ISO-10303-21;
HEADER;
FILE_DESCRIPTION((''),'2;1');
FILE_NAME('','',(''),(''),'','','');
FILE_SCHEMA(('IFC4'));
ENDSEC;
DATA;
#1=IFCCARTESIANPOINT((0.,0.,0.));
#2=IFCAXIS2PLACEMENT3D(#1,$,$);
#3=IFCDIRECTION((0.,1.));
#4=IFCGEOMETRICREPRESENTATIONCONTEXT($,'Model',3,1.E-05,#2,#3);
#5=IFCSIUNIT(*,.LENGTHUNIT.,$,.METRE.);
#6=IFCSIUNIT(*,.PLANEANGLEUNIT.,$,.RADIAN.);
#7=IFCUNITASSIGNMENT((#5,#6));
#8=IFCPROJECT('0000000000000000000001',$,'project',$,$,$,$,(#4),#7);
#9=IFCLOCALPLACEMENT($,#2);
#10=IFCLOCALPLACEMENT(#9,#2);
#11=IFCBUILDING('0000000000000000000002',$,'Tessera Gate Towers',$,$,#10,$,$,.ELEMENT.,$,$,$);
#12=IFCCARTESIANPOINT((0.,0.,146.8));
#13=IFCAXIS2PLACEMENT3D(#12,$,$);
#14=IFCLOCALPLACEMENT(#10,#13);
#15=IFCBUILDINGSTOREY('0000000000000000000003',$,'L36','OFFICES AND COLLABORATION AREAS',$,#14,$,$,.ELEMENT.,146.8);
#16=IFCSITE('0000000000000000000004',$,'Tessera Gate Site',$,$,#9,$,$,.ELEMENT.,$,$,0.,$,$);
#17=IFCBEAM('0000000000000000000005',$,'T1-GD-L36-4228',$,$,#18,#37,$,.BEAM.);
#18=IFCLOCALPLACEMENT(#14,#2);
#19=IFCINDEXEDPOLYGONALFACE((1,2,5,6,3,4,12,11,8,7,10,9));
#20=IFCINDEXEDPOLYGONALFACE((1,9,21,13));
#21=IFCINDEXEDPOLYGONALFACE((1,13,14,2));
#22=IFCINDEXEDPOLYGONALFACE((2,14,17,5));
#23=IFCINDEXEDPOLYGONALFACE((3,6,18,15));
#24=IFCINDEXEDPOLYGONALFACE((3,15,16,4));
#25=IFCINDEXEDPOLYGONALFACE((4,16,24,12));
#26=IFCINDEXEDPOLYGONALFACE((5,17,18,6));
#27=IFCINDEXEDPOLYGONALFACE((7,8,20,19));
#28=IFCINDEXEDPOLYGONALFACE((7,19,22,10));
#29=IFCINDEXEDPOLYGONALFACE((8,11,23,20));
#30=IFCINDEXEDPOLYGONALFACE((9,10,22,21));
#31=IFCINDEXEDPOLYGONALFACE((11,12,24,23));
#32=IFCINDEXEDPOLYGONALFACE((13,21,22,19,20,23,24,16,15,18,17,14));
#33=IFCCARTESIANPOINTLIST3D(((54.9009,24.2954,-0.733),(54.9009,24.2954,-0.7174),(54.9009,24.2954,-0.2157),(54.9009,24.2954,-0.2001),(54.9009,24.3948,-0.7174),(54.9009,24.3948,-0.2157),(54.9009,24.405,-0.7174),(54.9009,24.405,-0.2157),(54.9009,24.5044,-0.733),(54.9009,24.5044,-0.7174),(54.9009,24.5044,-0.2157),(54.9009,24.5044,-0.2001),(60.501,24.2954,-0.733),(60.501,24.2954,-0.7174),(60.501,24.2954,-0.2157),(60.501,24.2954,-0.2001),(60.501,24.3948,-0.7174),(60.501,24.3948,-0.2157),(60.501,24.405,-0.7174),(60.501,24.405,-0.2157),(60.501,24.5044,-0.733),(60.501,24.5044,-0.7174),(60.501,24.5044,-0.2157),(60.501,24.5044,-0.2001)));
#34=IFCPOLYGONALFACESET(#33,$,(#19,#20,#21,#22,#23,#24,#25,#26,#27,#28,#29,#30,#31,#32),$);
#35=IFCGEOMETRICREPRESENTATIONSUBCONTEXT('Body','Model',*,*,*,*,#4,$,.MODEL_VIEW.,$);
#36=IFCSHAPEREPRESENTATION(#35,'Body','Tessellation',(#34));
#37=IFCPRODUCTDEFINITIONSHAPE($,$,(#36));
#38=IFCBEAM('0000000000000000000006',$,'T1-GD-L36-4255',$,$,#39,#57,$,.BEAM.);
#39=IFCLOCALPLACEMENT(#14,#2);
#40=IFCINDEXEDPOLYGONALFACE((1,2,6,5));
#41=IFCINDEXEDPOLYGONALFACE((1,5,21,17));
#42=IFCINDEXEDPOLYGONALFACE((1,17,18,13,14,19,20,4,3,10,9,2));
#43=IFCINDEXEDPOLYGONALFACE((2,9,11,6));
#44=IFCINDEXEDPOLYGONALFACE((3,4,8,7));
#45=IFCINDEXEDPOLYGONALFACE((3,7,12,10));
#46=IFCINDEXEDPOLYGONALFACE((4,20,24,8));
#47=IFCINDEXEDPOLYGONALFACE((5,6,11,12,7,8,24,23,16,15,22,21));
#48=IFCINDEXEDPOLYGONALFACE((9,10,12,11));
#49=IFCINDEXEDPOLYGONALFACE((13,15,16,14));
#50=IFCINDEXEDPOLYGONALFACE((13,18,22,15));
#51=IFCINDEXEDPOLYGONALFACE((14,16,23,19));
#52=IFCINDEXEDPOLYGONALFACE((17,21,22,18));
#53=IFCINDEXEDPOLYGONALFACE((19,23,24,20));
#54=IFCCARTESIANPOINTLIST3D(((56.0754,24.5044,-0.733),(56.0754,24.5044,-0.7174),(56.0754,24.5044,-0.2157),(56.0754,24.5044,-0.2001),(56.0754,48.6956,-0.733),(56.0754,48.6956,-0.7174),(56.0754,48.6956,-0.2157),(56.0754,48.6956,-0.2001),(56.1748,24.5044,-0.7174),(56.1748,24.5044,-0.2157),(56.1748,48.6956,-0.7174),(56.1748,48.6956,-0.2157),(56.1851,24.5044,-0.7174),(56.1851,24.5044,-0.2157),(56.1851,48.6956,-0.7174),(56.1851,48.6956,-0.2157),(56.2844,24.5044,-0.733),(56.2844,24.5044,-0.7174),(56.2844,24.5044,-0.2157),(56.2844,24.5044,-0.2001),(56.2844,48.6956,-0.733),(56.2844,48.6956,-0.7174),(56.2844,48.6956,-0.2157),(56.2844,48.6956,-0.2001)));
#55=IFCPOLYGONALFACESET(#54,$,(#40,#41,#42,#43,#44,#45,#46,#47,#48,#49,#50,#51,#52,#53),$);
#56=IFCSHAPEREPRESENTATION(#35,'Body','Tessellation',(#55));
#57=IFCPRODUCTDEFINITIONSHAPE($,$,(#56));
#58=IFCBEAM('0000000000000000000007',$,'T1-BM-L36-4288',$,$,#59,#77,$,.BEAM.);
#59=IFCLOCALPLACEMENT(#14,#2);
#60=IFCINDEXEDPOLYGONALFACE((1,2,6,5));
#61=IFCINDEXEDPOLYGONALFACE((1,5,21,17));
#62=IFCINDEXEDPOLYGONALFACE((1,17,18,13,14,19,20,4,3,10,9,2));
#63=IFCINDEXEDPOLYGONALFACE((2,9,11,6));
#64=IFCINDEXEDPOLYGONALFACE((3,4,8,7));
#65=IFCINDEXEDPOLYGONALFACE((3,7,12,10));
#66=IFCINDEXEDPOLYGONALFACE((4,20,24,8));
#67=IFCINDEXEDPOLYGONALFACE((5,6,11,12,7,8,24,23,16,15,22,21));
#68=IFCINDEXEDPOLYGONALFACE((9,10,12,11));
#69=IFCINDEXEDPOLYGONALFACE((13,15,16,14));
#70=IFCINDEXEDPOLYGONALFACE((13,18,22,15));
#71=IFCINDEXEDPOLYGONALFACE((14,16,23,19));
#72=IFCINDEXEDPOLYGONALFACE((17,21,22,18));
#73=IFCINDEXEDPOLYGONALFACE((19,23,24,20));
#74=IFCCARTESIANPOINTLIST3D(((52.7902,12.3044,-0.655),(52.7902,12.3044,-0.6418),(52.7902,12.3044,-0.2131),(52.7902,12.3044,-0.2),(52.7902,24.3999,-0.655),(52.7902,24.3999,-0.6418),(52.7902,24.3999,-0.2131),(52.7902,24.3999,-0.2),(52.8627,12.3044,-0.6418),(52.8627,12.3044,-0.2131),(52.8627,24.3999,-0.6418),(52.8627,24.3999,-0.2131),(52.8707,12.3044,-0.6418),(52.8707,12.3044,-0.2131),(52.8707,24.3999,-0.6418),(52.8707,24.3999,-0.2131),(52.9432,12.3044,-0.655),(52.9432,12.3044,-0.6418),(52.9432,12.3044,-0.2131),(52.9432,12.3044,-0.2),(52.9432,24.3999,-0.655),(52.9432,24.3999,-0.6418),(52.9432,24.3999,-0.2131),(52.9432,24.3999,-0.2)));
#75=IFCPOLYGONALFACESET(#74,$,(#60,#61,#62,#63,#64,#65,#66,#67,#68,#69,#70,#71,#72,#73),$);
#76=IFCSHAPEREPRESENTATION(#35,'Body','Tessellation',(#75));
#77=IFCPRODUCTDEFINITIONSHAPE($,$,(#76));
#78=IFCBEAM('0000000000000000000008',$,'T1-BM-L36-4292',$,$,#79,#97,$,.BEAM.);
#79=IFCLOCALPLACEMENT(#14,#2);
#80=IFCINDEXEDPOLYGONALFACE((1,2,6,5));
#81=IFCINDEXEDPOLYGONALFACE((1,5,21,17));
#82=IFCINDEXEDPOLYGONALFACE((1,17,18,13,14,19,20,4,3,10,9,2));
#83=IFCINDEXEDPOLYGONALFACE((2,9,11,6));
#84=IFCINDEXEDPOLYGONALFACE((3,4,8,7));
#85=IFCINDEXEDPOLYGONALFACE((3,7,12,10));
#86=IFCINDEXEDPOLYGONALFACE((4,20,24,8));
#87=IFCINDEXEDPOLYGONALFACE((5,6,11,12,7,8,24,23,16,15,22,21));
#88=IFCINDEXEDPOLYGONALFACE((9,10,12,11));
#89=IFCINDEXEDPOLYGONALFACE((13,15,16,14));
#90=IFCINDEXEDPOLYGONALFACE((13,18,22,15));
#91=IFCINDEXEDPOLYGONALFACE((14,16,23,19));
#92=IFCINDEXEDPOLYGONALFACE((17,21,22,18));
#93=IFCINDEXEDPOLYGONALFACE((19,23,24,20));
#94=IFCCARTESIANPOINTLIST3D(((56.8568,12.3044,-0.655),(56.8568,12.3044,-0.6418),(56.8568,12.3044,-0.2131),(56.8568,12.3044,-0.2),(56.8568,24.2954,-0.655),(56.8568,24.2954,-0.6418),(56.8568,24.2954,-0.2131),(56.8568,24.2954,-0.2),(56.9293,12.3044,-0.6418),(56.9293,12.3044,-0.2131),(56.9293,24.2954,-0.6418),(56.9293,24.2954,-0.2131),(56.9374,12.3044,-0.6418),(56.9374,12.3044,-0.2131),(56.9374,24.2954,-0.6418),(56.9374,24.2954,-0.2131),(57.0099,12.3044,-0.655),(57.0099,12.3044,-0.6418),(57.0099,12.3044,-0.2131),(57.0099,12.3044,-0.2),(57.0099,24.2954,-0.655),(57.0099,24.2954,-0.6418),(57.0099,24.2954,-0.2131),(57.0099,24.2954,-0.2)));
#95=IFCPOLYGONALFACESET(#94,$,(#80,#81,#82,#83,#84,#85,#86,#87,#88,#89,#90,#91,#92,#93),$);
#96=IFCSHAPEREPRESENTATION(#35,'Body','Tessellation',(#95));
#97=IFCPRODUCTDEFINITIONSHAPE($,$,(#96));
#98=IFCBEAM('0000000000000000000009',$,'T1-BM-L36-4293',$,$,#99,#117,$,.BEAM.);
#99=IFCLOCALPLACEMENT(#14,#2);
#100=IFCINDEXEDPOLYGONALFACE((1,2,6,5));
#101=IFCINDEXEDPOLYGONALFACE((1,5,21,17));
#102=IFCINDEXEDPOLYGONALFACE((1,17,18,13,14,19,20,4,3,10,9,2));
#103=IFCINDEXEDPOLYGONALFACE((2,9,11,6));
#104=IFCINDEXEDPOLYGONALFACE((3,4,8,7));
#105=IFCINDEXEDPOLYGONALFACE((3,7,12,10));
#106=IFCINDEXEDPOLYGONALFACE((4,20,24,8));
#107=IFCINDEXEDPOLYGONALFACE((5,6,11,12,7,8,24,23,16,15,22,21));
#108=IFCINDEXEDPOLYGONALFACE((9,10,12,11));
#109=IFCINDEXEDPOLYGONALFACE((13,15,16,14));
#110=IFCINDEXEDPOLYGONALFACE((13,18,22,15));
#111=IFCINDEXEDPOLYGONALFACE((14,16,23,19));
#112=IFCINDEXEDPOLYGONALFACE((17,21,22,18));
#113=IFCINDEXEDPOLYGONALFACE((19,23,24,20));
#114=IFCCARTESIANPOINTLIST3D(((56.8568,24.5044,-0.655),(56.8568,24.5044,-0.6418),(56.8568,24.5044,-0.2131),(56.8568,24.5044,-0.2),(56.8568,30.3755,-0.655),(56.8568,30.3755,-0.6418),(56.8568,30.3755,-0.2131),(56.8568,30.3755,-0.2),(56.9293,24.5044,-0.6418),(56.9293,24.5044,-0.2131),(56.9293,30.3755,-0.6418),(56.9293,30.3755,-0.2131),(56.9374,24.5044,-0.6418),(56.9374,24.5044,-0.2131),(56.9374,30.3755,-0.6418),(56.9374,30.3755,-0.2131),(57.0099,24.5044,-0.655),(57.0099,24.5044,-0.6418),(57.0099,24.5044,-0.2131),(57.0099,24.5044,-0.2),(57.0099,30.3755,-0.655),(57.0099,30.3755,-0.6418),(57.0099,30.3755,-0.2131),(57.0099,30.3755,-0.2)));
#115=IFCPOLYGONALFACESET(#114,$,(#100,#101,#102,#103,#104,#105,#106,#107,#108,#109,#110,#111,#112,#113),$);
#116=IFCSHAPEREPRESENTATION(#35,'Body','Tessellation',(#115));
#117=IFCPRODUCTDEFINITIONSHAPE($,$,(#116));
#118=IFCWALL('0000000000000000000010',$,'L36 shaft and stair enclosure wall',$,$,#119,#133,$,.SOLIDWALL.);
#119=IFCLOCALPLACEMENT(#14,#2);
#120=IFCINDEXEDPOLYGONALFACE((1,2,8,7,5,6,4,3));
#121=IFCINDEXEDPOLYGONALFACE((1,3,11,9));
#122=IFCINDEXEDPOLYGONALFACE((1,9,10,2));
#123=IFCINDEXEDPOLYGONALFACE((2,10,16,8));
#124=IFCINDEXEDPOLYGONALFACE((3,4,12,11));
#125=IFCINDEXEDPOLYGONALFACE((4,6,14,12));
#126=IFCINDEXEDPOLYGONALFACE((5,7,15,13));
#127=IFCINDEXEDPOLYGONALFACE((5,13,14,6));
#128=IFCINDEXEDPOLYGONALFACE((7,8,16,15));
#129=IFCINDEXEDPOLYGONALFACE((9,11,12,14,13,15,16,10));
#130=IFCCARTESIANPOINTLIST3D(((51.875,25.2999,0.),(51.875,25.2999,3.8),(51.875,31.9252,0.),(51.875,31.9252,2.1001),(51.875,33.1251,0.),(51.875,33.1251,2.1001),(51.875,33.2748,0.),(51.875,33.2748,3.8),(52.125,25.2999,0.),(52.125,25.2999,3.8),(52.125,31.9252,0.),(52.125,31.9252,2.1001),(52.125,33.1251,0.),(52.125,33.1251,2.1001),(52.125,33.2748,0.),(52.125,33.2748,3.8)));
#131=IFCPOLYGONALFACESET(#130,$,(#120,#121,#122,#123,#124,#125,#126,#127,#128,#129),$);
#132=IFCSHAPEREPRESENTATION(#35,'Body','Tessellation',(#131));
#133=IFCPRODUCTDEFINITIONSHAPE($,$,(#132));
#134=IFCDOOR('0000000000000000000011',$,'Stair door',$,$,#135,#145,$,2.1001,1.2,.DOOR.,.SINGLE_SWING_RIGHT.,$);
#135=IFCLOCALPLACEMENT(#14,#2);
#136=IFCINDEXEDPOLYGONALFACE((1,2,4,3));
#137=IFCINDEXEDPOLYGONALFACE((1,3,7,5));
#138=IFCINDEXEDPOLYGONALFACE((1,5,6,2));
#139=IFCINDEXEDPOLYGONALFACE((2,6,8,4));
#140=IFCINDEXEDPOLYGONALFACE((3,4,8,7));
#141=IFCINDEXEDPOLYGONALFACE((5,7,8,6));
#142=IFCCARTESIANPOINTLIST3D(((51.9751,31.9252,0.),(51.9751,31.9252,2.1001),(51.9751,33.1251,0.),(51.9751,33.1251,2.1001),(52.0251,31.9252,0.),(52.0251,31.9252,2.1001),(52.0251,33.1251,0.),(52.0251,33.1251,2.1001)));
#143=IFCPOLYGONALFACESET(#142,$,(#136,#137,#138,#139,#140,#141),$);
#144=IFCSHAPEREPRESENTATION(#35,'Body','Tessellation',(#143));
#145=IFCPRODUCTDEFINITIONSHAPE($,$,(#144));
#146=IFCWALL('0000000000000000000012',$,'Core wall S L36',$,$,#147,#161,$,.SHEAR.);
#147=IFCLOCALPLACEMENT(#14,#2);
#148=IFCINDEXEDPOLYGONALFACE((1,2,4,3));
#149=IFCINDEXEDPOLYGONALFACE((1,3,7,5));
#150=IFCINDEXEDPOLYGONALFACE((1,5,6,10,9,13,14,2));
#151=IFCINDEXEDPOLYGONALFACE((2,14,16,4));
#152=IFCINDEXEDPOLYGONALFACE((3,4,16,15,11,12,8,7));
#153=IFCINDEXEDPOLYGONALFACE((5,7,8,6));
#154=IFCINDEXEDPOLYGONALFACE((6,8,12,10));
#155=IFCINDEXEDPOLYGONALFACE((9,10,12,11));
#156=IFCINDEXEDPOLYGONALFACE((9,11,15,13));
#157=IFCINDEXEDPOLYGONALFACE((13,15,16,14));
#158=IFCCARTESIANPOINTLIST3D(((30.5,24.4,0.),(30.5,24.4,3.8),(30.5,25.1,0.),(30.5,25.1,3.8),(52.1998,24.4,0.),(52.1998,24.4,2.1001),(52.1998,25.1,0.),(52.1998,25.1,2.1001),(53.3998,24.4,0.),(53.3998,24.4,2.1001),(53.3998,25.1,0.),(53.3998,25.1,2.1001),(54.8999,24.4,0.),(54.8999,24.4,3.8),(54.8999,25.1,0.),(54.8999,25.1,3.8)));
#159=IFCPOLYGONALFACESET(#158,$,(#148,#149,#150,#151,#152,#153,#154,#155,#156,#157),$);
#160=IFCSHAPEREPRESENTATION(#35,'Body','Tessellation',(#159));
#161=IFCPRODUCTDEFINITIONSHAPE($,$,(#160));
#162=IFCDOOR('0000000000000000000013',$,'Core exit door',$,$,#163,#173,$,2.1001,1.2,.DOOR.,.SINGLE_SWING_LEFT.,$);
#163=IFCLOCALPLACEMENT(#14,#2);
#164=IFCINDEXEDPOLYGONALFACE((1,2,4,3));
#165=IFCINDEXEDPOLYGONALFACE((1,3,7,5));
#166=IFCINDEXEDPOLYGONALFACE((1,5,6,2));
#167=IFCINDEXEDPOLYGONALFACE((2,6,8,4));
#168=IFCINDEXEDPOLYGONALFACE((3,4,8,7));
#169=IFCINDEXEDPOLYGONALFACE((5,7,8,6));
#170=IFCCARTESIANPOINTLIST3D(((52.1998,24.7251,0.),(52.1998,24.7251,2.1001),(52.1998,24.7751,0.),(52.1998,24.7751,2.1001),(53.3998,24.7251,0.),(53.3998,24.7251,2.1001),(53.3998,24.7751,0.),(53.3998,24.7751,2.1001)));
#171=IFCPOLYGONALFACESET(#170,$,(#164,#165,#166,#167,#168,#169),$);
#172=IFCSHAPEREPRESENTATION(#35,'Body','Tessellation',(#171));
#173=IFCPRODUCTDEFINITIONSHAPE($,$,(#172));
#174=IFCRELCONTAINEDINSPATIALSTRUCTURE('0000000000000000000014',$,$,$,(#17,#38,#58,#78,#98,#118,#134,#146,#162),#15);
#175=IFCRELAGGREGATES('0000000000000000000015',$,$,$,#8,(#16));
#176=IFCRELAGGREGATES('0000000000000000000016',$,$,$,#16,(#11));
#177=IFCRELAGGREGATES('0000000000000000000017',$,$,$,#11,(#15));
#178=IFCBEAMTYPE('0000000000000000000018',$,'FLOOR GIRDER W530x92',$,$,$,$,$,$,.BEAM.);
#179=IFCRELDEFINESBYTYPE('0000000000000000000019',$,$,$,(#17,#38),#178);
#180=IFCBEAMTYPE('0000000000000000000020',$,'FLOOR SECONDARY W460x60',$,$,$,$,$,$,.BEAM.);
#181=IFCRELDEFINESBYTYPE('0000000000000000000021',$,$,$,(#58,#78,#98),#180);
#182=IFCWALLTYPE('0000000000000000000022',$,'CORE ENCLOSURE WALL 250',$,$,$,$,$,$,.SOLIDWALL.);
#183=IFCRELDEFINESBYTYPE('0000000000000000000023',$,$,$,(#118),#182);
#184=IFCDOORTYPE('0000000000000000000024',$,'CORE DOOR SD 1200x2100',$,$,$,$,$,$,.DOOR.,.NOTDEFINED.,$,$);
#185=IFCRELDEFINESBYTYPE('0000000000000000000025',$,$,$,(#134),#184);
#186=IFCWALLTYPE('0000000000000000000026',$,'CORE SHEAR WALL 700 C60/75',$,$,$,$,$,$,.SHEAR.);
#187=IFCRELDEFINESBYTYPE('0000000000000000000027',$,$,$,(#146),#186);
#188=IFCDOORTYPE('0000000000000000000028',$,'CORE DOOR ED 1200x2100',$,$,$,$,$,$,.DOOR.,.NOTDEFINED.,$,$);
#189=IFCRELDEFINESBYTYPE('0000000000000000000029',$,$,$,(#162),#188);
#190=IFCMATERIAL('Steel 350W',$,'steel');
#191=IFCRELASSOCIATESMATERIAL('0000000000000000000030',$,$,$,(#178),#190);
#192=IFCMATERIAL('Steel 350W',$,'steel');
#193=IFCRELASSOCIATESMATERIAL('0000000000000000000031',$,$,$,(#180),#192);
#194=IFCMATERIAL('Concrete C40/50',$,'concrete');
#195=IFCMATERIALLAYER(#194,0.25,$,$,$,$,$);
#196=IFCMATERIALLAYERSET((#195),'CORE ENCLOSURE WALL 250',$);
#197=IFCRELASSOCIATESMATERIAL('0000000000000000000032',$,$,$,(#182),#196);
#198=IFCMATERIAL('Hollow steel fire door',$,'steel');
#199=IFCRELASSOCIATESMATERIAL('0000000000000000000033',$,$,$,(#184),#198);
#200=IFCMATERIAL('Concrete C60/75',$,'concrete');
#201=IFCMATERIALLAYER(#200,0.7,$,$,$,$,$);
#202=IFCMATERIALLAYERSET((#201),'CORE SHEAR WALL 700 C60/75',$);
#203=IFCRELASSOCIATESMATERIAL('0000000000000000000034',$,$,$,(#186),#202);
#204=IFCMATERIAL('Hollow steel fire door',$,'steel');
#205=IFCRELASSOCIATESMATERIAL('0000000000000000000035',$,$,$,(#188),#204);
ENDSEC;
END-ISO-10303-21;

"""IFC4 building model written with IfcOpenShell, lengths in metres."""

from ifc_helpers import new_model, si_unit, direction, frame, frame_2d, origin, origin_2d, place, context, subcontext, project, spatial, rectangle, i_section, extrude, source, transform, mapped, material, layer, layer_set, material_profile, profile_set, type_object, element, fill, save


model = new_model("IFC4")

# Units and contexts
model_context = context("Model", 3, precision=1e-05, world=origin(), true_north=direction((0.0, 1.0)))
body_context = subcontext(model_context, "Body", "Model", "MODEL_VIEW")
ifc_project = project(units=[si_unit("LENGTHUNIT", "METRE"), si_unit("PLANEANGLEUNIT", "RADIAN")], contexts=[model_context])

# Site, building, storey
site_placement = place(None, origin())
site = spatial("IfcSite", under=ifc_project, at=site_placement, Name="Tessera Gate Site", CompositionType="ELEMENT", RefElevation=0.0)
building_placement = place(site_placement, origin())
building = spatial("IfcBuilding", under=site, at=building_placement, Name="Tessera Gate Towers", CompositionType="ELEMENT")
storey_placement = place(building_placement, frame((0.0, 0.0, 146.8)))
storey = spatial("IfcBuildingStorey", under=building, at=storey_placement, Name="L36", Description="OFFICES AND COLLABORATION AREAS", CompositionType="ELEMENT", Elevation=146.8)

# Beams
ifc_material_1 = material(Name="Steel 350W", Category="steel")
ifc_material_profile_1 = material_profile(ifc_material_1, i_section(OverallWidth=0.209, OverallDepth=0.533, WebThickness=0.0103, FlangeThickness=0.0156, at=origin_2d()), Name="W530x92")
ifc_profile_set_1 = profile_set([ifc_material_profile_1], Name="Steel 350W")
beam_type_1 = type_object("IfcBeamType", Name="FLOOR GIRDER W530x92", PredefinedType="BEAM", material=ifc_profile_set_1)
beam_1_placement = place(storey_placement, frame((54.9009, 24.3999, -0.4666), z_axis=(1.0, 0.0, 0.0), x_axis=(0.0, 1.0, 0.0)))
element("IfcBeam", 1, at=beam_1_placement, inside=storey, type_object=beam_type_1, Name="T1-GD-L36-4228", PredefinedType="BEAM", context=body_context, shape_type="SweptSolid", body=[
    extrude(i_section(OverallWidth=0.209, OverallDepth=0.533, WebThickness=0.0103, FlangeThickness=0.0156, at=origin_2d()), origin(), (0.0, 0.0, 1.0), 5.6001),
])
beam_2_placement = place(storey_placement, frame((56.1799, 24.5044, -0.4666), z_axis=(0.0, 1.0, 0.0), x_axis=(-1.0, 0.0, 0.0)))
element("IfcBeam", 2, at=beam_2_placement, inside=storey, type_object=beam_type_1, Name="T1-GD-L36-4255", PredefinedType="BEAM", context=body_context, shape_type="SweptSolid", body=[
    extrude(i_section(OverallWidth=0.209, OverallDepth=0.533, WebThickness=0.0103, FlangeThickness=0.0156, at=origin_2d()), origin(), (0.0, 0.0, 1.0), 24.1912),
])
ifc_material_2 = material(Name="Steel 350W", Category="steel")
ifc_material_profile_2 = material_profile(ifc_material_2, i_section(OverallWidth=0.1531, OverallDepth=0.4551, WebThickness=0.0081, FlangeThickness=0.0132, at=origin_2d()), Name="W460x60")
ifc_profile_set_2 = profile_set([ifc_material_profile_2], Name="Steel 350W")
beam_type_2 = type_object("IfcBeamType", Name="FLOOR SECONDARY W460x60", PredefinedType="BEAM", material=ifc_profile_set_2)
beam_3_placement = place(storey_placement, frame((52.8667, 12.3044, -0.4275), z_axis=(0.0, 1.0, 0.0), x_axis=(-1.0, 0.0, 0.0)))
element("IfcBeam", 3, at=beam_3_placement, inside=storey, type_object=beam_type_2, Name="T1-BM-L36-4288", PredefinedType="BEAM", context=body_context, shape_type="SweptSolid", body=[
    extrude(i_section(OverallWidth=0.1531, OverallDepth=0.4551, WebThickness=0.0081, FlangeThickness=0.0132, at=origin_2d()), origin(), (0.0, 0.0, 1.0), 12.0955),
])
beam_4_placement = place(storey_placement, frame((56.9333, 12.3044, -0.4275), z_axis=(0.0, 1.0, 0.0), x_axis=(-1.0, 0.0, 0.0)))
element("IfcBeam", 4, at=beam_4_placement, inside=storey, type_object=beam_type_2, Name="T1-BM-L36-4292", PredefinedType="BEAM", context=body_context, shape_type="SweptSolid", body=[
    extrude(i_section(OverallWidth=0.1531, OverallDepth=0.4551, WebThickness=0.0081, FlangeThickness=0.0132, at=origin_2d()), origin(), (0.0, 0.0, 1.0), 11.991),
])
beam_5_placement = place(storey_placement, frame((56.9333, 24.5044, -0.4275), z_axis=(0.0, 1.0, 0.0), x_axis=(-1.0, 0.0, 0.0)))
element("IfcBeam", 5, at=beam_5_placement, inside=storey, type_object=beam_type_2, Name="T1-BM-L36-4293", PredefinedType="BEAM", context=body_context, shape_type="SweptSolid", body=[
    extrude(i_section(OverallWidth=0.1531, OverallDepth=0.4551, WebThickness=0.0081, FlangeThickness=0.0132, at=origin_2d()), origin(), (0.0, 0.0, 1.0), 5.8711),
])

# Walls, openings, doors
ifc_material_3 = material(Name="Concrete C40/50", Category="concrete")
ifc_layer_1 = layer(ifc_material_3, 0.25)
ifc_layer_set_1 = layer_set([ifc_layer_1], Name="CORE ENCLOSURE WALL 250")
wall_type_1 = type_object("IfcWallType", Name="CORE ENCLOSURE WALL 250", PredefinedType="SOLIDWALL", material=ifc_layer_set_1)
wall_1_placement = place(storey_placement, frame((52.0, 25.3, 0.0), z_axis=(0.0, 0.0, 1.0), x_axis=(0.0, 1.0, 0.0)))
wall_1 = element("IfcWall", 6, at=wall_1_placement, inside=storey, type_object=wall_type_1, Name="L36 shaft and stair enclosure wall", PredefinedType="SOLIDWALL", context=body_context, shape_type="SweptSolid", body=[
    extrude(rectangle(XDim=7.9749, YDim=0.25, at=frame_2d((3.9873, 0.0))), origin(), (0.0, 0.0, 1.0), 3.8),
])
shared_shape_1 = source(origin(), body_context, "Body", "SweptSolid", [
    extrude(rectangle(XDim=1.2, YDim=2.1001, at=frame_2d((0.6001, 1.05))), frame((0.0, 0.135, 0.0), z_axis=(0.0, -1.0, 0.0), x_axis=(1.0, 0.0, 0.0)), (0.0, 0.0, 1.0), 0.27),
])
opening_1_placement = place(wall_1_placement, frame((6.625, 0.0, 0.0)))
opening_1 = element("IfcOpeningElement", 7, at=opening_1_placement, cuts=wall_1, PredefinedType="OPENING", context=body_context, shape_type="MappedRepresentation", body=[
    mapped(shared_shape_1, transform((0.0, 0.0, 0.0), scale=1.0)),
])
ifc_material_4 = material(Name="Hollow steel fire door", Category="steel")
door_type_1 = type_object("IfcDoorType", Name="CORE DOOR SD 1200x2100", OperationType="NOTDEFINED", PredefinedType="DOOR", material=ifc_material_4)
shared_shape_2 = source(origin(), body_context, "Body", "SweptSolid", [
    extrude(rectangle(XDim=1.2, YDim=2.1001, at=frame_2d((0.6001, 1.05))), frame((0.0, 0.0249, 0.0), z_axis=(0.0, -1.0, 0.0), x_axis=(1.0, 0.0, 0.0)), (0.0, 0.0, 1.0), 0.05),
])
door_1_placement = place(opening_1_placement, origin())
door_1 = element("IfcDoor", 8, at=door_1_placement, inside=storey, type_object=door_type_1, Name="Stair door", OperationType="SINGLE_SWING_RIGHT", OverallHeight=2.1001, OverallWidth=1.2, PredefinedType="DOOR", context=body_context, shape_type="MappedRepresentation", body=[
    mapped(shared_shape_2, transform((0.0, 0.0, 0.0), scale=1.0)),
])
fill(opening_1, door_1)
ifc_material_5 = material(Name="Concrete C60/75", Category="concrete")
ifc_layer_2 = layer(ifc_material_5, 0.7)
ifc_layer_set_2 = layer_set([ifc_layer_2], Name="CORE SHEAR WALL 700 C60/75")
wall_type_2 = type_object("IfcWallType", Name="CORE SHEAR WALL 700 C60/75", PredefinedType="SHEAR", material=ifc_layer_set_2)
wall_2_placement = place(storey_placement, frame((54.8999, 24.75, 0.0), z_axis=(0.0, 0.0, 1.0), x_axis=(-1.0, 0.0, 0.0)))
wall_2 = element("IfcWall", 9, at=wall_2_placement, inside=storey, type_object=wall_type_2, Name="Core wall S L36", PredefinedType="SHEAR", context=body_context, shape_type="SweptSolid", body=[
    extrude(rectangle(XDim=24.3999, YDim=0.7, at=frame_2d((12.2, 0.0))), origin(), (0.0, 0.0, 1.0), 3.8),
])
shared_shape_3 = source(origin(), body_context, "Body", "SweptSolid", [
    extrude(rectangle(XDim=1.2, YDim=2.1001, at=frame_2d((0.6001, 1.05))), frame((0.0, 0.3599, 0.0), z_axis=(0.0, -1.0, 0.0), x_axis=(1.0, 0.0, 0.0)), (0.0, 0.0, 1.0), 0.72),
])
opening_2_placement = place(wall_2_placement, frame((1.5, 0.0, 0.0)))
opening_2 = element("IfcOpeningElement", 10, at=opening_2_placement, cuts=wall_2, PredefinedType="OPENING", context=body_context, shape_type="MappedRepresentation", body=[
    mapped(shared_shape_3, transform((0.0, 0.0, 0.0), scale=1.0)),
])
ifc_material_6 = material(Name="Hollow steel fire door", Category="steel")
door_type_2 = type_object("IfcDoorType", Name="CORE DOOR ED 1200x2100", OperationType="NOTDEFINED", PredefinedType="DOOR", material=ifc_material_6)
door_2_placement = place(opening_2_placement, origin())
door_2 = element("IfcDoor", 11, at=door_2_placement, inside=storey, type_object=door_type_2, Name="Core exit door", OperationType="SINGLE_SWING_LEFT", OverallHeight=2.1001, OverallWidth=1.2, PredefinedType="DOOR", context=body_context, shape_type="MappedRepresentation", body=[
    mapped(shared_shape_2, transform((0.0, 0.0, 0.0), scale=1.0)),
])
fill(opening_2, door_2)

save(model, "model.ifc")
